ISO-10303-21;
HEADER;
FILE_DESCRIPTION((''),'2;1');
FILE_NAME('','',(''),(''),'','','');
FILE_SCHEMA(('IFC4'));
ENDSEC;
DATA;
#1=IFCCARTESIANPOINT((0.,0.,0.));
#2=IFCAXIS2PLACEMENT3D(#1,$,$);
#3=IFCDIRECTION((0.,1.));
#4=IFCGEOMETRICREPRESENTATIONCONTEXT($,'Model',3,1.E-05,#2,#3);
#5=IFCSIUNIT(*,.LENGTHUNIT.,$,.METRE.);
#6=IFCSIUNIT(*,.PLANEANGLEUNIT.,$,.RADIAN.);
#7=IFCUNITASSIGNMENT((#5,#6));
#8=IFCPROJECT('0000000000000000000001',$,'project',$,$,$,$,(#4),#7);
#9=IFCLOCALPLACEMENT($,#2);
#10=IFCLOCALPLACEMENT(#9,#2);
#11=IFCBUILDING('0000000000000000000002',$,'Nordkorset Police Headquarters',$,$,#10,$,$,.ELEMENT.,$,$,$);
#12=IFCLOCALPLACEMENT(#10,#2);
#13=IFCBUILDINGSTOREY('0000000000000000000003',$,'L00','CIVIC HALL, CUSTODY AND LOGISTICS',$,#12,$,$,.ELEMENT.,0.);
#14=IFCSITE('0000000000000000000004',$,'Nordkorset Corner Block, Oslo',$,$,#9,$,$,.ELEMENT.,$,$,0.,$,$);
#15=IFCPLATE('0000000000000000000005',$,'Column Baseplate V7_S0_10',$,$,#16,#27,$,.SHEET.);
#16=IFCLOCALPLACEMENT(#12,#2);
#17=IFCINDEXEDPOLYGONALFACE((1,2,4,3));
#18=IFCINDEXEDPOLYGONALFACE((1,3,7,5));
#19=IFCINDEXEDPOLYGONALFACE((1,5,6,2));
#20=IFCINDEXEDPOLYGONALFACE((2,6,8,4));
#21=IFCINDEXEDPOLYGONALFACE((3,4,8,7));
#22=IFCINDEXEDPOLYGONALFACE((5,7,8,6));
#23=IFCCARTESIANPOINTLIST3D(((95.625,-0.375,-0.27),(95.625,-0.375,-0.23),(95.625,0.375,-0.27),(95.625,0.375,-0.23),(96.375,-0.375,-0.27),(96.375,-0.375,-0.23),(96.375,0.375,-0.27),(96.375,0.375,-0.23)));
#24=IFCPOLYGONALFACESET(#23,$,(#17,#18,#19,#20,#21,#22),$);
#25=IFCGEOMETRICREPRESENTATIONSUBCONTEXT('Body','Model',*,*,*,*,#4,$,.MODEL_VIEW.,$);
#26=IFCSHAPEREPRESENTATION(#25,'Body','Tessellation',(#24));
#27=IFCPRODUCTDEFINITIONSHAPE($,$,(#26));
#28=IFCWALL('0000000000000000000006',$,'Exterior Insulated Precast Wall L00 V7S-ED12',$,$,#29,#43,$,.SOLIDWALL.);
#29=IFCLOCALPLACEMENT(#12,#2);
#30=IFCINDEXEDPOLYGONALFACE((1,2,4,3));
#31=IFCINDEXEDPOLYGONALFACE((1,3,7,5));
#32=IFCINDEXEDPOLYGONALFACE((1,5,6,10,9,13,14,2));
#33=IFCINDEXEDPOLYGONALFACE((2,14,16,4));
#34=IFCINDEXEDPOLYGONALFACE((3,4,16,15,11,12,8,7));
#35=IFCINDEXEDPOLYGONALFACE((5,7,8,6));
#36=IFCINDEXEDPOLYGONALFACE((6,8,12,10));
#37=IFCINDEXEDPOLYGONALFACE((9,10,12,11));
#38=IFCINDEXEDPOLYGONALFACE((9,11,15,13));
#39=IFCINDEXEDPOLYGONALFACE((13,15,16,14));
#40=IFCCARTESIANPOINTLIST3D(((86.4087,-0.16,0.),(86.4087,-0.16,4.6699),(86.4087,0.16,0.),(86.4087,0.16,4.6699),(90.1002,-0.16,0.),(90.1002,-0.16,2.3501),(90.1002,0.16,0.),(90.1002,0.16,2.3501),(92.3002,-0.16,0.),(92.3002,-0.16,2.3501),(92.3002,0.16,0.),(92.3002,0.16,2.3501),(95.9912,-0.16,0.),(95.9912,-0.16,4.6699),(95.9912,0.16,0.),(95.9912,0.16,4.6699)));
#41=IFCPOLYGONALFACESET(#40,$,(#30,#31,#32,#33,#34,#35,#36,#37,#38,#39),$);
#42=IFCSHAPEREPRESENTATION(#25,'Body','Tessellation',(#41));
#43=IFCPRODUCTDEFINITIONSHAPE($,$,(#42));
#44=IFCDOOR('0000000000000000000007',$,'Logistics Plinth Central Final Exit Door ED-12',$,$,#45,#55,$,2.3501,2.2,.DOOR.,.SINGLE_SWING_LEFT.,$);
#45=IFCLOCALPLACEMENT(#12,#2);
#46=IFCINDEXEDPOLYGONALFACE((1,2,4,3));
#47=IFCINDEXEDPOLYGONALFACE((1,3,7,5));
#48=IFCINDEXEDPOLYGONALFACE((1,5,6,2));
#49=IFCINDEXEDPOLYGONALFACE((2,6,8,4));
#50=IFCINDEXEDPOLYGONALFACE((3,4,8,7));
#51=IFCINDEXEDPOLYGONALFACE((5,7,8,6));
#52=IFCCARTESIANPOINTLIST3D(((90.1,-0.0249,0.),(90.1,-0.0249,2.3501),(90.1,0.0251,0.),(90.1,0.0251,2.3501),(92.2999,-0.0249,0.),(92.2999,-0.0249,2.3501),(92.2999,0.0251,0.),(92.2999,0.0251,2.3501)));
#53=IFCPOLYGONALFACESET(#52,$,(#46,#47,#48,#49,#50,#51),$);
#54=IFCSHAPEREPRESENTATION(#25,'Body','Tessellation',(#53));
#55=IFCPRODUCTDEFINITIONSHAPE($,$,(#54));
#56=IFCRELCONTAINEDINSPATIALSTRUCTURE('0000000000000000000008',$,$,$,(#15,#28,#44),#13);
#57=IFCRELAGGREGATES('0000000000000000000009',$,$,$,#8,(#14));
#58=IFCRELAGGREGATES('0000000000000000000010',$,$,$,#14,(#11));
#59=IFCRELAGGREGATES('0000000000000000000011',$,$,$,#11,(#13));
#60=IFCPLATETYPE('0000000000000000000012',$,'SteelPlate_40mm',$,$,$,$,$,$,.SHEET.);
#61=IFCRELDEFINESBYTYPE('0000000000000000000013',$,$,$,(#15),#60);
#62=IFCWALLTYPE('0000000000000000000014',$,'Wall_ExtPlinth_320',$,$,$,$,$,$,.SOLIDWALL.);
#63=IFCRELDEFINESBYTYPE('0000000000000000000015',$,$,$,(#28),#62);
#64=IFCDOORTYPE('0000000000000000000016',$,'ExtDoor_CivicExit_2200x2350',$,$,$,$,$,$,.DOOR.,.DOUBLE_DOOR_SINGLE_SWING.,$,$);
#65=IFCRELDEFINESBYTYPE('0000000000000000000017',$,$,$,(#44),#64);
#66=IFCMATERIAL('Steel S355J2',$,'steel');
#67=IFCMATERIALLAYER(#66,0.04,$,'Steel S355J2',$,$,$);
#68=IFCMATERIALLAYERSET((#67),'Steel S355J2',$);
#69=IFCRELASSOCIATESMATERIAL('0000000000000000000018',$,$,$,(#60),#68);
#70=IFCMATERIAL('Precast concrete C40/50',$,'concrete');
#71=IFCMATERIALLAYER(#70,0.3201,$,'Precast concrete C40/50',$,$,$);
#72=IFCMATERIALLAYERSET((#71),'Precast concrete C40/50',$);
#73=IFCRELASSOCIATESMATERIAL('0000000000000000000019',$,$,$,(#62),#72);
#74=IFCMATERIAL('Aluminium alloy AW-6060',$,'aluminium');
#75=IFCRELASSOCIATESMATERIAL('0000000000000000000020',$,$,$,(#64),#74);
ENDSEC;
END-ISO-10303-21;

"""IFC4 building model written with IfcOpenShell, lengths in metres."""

from ifc_helpers import new_model, si_unit, direction, frame, frame_2d, origin, origin_2d, place, context, subcontext, project, spatial, rectangle, extrude, material, layer, layer_set, type_object, element, fill, save


model = new_model("IFC4")

# Units and contexts
model_context = context("Model", 3, precision=1e-05, world=origin(), true_north=direction((0.0, 1.0)))
body_context = subcontext(model_context, "Body", "Model", "MODEL_VIEW")
ifc_project = project(units=[si_unit("LENGTHUNIT", "METRE"), si_unit("PLANEANGLEUNIT", "RADIAN")], contexts=[model_context])

# Site, building, storey
site_placement = place(None, origin())
site = spatial("IfcSite", under=ifc_project, at=site_placement, Name="Nordkorset Corner Block, Oslo", CompositionType="ELEMENT", RefElevation=0.0)
building_placement = place(site_placement, origin())
building = spatial("IfcBuilding", under=site, at=building_placement, Name="Nordkorset Police Headquarters", CompositionType="ELEMENT")
storey_placement = place(building_placement, origin())
storey = spatial("IfcBuildingStorey", under=building, at=storey_placement, Name="L00", Description="CIVIC HALL, CUSTODY AND LOGISTICS", CompositionType="ELEMENT", Elevation=0.0)

# Plate
ifc_material_1 = material(Name="Steel S355J2", Category="steel")
ifc_layer_1 = layer(ifc_material_1, 0.04, Name="Steel S355J2")
ifc_layer_set_1 = layer_set([ifc_layer_1], Name="Steel S355J2")
plate_type_1 = type_object("IfcPlateType", Name="SteelPlate_40mm", PredefinedType="SHEET", material=ifc_layer_set_1)
for number, where, z_axis, x_axis, name in (
    (1, (96.0, 0.0, -0.27), (0.0, 0.0, 1.0), (1.0, 0.0, 0.0), "Column Baseplate V7_S0_10"),
):
    element("IfcPlate", number, at=place(storey_placement, frame(where, z_axis=z_axis, x_axis=x_axis)), inside=storey, type_object=plate_type_1, Name=name, PredefinedType="SHEET", context=body_context, shape_type="SweptSolid", body=[
        extrude(rectangle(XDim=0.75, YDim=0.75, at=origin_2d()), origin(), (0.0, 0.0, 1.0), 0.04),
    ])

# Wall, opening, door
ifc_material_2 = material(Name="Precast concrete C40/50", Category="concrete")
ifc_layer_2 = layer(ifc_material_2, 0.3201, Name="Precast concrete C40/50")
ifc_layer_set_2 = layer_set([ifc_layer_2], Name="Precast concrete C40/50")
wall_type = type_object("IfcWallType", Name="Wall_ExtPlinth_320", PredefinedType="SOLIDWALL", material=ifc_layer_set_2)
wall_placement = place(storey_placement, frame((86.4087, 0.0, 0.0), z_axis=(0.0, 0.0, 1.0), x_axis=(1.0, 0.0, 0.0)))
wall = element("IfcWall", 2, at=wall_placement, inside=storey, type_object=wall_type, Name="Exterior Insulated Precast Wall L00 V7S-ED12", PredefinedType="SOLIDWALL", context=body_context, shape_type="SweptSolid", body=[
    extrude(rectangle(XDim=9.5825, YDim=0.3201, at=frame_2d((4.7913, 0.0))), origin(), (0.0, 0.0, 1.0), 4.6699),
])
opening_placement = place(wall_placement, frame((3.6914, 0.0, 0.0)))
opening = element("IfcOpeningElement", 3, at=opening_placement, cuts=wall, PredefinedType="OPENING", context=body_context, shape_type="SweptSolid", body=[
    extrude(rectangle(XDim=2.2, YDim=2.3501, at=frame_2d((1.1001, 1.175))), frame((0.0, 0.1699, 0.0), z_axis=(0.0, -1.0, 0.0), x_axis=(1.0, 0.0, 0.0)), (0.0, 0.0, 1.0), 0.3401),
])
ifc_material_3 = material(Name="Aluminium alloy AW-6060", Category="aluminium")
door_type = type_object("IfcDoorType", Name="ExtDoor_CivicExit_2200x2350", OperationType="DOUBLE_DOOR_SINGLE_SWING", PredefinedType="DOOR", material=ifc_material_3)
door_placement = place(opening_placement, frame((2.2, 0.0, 0.0), z_axis=(0.0, 0.0, 1.0), x_axis=(-1.0, 0.0, 0.0)))
door = element("IfcDoor", 4, at=door_placement, inside=storey, type_object=door_type, Name="Logistics Plinth Central Final Exit Door ED-12", OperationType="SINGLE_SWING_LEFT", OverallHeight=2.3501, OverallWidth=2.2, PredefinedType="DOOR", context=body_context, shape_type="SweptSolid", body=[
    extrude(rectangle(XDim=2.2, YDim=2.3501, at=frame_2d((1.1001, 1.175))), frame((0.0, 0.0249, 0.0), z_axis=(0.0, -1.0, 0.0), x_axis=(1.0, 0.0, 0.0)), (0.0, 0.0, 1.0), 0.05),
])
fill(opening, door)

save(model, "model.ifc")
